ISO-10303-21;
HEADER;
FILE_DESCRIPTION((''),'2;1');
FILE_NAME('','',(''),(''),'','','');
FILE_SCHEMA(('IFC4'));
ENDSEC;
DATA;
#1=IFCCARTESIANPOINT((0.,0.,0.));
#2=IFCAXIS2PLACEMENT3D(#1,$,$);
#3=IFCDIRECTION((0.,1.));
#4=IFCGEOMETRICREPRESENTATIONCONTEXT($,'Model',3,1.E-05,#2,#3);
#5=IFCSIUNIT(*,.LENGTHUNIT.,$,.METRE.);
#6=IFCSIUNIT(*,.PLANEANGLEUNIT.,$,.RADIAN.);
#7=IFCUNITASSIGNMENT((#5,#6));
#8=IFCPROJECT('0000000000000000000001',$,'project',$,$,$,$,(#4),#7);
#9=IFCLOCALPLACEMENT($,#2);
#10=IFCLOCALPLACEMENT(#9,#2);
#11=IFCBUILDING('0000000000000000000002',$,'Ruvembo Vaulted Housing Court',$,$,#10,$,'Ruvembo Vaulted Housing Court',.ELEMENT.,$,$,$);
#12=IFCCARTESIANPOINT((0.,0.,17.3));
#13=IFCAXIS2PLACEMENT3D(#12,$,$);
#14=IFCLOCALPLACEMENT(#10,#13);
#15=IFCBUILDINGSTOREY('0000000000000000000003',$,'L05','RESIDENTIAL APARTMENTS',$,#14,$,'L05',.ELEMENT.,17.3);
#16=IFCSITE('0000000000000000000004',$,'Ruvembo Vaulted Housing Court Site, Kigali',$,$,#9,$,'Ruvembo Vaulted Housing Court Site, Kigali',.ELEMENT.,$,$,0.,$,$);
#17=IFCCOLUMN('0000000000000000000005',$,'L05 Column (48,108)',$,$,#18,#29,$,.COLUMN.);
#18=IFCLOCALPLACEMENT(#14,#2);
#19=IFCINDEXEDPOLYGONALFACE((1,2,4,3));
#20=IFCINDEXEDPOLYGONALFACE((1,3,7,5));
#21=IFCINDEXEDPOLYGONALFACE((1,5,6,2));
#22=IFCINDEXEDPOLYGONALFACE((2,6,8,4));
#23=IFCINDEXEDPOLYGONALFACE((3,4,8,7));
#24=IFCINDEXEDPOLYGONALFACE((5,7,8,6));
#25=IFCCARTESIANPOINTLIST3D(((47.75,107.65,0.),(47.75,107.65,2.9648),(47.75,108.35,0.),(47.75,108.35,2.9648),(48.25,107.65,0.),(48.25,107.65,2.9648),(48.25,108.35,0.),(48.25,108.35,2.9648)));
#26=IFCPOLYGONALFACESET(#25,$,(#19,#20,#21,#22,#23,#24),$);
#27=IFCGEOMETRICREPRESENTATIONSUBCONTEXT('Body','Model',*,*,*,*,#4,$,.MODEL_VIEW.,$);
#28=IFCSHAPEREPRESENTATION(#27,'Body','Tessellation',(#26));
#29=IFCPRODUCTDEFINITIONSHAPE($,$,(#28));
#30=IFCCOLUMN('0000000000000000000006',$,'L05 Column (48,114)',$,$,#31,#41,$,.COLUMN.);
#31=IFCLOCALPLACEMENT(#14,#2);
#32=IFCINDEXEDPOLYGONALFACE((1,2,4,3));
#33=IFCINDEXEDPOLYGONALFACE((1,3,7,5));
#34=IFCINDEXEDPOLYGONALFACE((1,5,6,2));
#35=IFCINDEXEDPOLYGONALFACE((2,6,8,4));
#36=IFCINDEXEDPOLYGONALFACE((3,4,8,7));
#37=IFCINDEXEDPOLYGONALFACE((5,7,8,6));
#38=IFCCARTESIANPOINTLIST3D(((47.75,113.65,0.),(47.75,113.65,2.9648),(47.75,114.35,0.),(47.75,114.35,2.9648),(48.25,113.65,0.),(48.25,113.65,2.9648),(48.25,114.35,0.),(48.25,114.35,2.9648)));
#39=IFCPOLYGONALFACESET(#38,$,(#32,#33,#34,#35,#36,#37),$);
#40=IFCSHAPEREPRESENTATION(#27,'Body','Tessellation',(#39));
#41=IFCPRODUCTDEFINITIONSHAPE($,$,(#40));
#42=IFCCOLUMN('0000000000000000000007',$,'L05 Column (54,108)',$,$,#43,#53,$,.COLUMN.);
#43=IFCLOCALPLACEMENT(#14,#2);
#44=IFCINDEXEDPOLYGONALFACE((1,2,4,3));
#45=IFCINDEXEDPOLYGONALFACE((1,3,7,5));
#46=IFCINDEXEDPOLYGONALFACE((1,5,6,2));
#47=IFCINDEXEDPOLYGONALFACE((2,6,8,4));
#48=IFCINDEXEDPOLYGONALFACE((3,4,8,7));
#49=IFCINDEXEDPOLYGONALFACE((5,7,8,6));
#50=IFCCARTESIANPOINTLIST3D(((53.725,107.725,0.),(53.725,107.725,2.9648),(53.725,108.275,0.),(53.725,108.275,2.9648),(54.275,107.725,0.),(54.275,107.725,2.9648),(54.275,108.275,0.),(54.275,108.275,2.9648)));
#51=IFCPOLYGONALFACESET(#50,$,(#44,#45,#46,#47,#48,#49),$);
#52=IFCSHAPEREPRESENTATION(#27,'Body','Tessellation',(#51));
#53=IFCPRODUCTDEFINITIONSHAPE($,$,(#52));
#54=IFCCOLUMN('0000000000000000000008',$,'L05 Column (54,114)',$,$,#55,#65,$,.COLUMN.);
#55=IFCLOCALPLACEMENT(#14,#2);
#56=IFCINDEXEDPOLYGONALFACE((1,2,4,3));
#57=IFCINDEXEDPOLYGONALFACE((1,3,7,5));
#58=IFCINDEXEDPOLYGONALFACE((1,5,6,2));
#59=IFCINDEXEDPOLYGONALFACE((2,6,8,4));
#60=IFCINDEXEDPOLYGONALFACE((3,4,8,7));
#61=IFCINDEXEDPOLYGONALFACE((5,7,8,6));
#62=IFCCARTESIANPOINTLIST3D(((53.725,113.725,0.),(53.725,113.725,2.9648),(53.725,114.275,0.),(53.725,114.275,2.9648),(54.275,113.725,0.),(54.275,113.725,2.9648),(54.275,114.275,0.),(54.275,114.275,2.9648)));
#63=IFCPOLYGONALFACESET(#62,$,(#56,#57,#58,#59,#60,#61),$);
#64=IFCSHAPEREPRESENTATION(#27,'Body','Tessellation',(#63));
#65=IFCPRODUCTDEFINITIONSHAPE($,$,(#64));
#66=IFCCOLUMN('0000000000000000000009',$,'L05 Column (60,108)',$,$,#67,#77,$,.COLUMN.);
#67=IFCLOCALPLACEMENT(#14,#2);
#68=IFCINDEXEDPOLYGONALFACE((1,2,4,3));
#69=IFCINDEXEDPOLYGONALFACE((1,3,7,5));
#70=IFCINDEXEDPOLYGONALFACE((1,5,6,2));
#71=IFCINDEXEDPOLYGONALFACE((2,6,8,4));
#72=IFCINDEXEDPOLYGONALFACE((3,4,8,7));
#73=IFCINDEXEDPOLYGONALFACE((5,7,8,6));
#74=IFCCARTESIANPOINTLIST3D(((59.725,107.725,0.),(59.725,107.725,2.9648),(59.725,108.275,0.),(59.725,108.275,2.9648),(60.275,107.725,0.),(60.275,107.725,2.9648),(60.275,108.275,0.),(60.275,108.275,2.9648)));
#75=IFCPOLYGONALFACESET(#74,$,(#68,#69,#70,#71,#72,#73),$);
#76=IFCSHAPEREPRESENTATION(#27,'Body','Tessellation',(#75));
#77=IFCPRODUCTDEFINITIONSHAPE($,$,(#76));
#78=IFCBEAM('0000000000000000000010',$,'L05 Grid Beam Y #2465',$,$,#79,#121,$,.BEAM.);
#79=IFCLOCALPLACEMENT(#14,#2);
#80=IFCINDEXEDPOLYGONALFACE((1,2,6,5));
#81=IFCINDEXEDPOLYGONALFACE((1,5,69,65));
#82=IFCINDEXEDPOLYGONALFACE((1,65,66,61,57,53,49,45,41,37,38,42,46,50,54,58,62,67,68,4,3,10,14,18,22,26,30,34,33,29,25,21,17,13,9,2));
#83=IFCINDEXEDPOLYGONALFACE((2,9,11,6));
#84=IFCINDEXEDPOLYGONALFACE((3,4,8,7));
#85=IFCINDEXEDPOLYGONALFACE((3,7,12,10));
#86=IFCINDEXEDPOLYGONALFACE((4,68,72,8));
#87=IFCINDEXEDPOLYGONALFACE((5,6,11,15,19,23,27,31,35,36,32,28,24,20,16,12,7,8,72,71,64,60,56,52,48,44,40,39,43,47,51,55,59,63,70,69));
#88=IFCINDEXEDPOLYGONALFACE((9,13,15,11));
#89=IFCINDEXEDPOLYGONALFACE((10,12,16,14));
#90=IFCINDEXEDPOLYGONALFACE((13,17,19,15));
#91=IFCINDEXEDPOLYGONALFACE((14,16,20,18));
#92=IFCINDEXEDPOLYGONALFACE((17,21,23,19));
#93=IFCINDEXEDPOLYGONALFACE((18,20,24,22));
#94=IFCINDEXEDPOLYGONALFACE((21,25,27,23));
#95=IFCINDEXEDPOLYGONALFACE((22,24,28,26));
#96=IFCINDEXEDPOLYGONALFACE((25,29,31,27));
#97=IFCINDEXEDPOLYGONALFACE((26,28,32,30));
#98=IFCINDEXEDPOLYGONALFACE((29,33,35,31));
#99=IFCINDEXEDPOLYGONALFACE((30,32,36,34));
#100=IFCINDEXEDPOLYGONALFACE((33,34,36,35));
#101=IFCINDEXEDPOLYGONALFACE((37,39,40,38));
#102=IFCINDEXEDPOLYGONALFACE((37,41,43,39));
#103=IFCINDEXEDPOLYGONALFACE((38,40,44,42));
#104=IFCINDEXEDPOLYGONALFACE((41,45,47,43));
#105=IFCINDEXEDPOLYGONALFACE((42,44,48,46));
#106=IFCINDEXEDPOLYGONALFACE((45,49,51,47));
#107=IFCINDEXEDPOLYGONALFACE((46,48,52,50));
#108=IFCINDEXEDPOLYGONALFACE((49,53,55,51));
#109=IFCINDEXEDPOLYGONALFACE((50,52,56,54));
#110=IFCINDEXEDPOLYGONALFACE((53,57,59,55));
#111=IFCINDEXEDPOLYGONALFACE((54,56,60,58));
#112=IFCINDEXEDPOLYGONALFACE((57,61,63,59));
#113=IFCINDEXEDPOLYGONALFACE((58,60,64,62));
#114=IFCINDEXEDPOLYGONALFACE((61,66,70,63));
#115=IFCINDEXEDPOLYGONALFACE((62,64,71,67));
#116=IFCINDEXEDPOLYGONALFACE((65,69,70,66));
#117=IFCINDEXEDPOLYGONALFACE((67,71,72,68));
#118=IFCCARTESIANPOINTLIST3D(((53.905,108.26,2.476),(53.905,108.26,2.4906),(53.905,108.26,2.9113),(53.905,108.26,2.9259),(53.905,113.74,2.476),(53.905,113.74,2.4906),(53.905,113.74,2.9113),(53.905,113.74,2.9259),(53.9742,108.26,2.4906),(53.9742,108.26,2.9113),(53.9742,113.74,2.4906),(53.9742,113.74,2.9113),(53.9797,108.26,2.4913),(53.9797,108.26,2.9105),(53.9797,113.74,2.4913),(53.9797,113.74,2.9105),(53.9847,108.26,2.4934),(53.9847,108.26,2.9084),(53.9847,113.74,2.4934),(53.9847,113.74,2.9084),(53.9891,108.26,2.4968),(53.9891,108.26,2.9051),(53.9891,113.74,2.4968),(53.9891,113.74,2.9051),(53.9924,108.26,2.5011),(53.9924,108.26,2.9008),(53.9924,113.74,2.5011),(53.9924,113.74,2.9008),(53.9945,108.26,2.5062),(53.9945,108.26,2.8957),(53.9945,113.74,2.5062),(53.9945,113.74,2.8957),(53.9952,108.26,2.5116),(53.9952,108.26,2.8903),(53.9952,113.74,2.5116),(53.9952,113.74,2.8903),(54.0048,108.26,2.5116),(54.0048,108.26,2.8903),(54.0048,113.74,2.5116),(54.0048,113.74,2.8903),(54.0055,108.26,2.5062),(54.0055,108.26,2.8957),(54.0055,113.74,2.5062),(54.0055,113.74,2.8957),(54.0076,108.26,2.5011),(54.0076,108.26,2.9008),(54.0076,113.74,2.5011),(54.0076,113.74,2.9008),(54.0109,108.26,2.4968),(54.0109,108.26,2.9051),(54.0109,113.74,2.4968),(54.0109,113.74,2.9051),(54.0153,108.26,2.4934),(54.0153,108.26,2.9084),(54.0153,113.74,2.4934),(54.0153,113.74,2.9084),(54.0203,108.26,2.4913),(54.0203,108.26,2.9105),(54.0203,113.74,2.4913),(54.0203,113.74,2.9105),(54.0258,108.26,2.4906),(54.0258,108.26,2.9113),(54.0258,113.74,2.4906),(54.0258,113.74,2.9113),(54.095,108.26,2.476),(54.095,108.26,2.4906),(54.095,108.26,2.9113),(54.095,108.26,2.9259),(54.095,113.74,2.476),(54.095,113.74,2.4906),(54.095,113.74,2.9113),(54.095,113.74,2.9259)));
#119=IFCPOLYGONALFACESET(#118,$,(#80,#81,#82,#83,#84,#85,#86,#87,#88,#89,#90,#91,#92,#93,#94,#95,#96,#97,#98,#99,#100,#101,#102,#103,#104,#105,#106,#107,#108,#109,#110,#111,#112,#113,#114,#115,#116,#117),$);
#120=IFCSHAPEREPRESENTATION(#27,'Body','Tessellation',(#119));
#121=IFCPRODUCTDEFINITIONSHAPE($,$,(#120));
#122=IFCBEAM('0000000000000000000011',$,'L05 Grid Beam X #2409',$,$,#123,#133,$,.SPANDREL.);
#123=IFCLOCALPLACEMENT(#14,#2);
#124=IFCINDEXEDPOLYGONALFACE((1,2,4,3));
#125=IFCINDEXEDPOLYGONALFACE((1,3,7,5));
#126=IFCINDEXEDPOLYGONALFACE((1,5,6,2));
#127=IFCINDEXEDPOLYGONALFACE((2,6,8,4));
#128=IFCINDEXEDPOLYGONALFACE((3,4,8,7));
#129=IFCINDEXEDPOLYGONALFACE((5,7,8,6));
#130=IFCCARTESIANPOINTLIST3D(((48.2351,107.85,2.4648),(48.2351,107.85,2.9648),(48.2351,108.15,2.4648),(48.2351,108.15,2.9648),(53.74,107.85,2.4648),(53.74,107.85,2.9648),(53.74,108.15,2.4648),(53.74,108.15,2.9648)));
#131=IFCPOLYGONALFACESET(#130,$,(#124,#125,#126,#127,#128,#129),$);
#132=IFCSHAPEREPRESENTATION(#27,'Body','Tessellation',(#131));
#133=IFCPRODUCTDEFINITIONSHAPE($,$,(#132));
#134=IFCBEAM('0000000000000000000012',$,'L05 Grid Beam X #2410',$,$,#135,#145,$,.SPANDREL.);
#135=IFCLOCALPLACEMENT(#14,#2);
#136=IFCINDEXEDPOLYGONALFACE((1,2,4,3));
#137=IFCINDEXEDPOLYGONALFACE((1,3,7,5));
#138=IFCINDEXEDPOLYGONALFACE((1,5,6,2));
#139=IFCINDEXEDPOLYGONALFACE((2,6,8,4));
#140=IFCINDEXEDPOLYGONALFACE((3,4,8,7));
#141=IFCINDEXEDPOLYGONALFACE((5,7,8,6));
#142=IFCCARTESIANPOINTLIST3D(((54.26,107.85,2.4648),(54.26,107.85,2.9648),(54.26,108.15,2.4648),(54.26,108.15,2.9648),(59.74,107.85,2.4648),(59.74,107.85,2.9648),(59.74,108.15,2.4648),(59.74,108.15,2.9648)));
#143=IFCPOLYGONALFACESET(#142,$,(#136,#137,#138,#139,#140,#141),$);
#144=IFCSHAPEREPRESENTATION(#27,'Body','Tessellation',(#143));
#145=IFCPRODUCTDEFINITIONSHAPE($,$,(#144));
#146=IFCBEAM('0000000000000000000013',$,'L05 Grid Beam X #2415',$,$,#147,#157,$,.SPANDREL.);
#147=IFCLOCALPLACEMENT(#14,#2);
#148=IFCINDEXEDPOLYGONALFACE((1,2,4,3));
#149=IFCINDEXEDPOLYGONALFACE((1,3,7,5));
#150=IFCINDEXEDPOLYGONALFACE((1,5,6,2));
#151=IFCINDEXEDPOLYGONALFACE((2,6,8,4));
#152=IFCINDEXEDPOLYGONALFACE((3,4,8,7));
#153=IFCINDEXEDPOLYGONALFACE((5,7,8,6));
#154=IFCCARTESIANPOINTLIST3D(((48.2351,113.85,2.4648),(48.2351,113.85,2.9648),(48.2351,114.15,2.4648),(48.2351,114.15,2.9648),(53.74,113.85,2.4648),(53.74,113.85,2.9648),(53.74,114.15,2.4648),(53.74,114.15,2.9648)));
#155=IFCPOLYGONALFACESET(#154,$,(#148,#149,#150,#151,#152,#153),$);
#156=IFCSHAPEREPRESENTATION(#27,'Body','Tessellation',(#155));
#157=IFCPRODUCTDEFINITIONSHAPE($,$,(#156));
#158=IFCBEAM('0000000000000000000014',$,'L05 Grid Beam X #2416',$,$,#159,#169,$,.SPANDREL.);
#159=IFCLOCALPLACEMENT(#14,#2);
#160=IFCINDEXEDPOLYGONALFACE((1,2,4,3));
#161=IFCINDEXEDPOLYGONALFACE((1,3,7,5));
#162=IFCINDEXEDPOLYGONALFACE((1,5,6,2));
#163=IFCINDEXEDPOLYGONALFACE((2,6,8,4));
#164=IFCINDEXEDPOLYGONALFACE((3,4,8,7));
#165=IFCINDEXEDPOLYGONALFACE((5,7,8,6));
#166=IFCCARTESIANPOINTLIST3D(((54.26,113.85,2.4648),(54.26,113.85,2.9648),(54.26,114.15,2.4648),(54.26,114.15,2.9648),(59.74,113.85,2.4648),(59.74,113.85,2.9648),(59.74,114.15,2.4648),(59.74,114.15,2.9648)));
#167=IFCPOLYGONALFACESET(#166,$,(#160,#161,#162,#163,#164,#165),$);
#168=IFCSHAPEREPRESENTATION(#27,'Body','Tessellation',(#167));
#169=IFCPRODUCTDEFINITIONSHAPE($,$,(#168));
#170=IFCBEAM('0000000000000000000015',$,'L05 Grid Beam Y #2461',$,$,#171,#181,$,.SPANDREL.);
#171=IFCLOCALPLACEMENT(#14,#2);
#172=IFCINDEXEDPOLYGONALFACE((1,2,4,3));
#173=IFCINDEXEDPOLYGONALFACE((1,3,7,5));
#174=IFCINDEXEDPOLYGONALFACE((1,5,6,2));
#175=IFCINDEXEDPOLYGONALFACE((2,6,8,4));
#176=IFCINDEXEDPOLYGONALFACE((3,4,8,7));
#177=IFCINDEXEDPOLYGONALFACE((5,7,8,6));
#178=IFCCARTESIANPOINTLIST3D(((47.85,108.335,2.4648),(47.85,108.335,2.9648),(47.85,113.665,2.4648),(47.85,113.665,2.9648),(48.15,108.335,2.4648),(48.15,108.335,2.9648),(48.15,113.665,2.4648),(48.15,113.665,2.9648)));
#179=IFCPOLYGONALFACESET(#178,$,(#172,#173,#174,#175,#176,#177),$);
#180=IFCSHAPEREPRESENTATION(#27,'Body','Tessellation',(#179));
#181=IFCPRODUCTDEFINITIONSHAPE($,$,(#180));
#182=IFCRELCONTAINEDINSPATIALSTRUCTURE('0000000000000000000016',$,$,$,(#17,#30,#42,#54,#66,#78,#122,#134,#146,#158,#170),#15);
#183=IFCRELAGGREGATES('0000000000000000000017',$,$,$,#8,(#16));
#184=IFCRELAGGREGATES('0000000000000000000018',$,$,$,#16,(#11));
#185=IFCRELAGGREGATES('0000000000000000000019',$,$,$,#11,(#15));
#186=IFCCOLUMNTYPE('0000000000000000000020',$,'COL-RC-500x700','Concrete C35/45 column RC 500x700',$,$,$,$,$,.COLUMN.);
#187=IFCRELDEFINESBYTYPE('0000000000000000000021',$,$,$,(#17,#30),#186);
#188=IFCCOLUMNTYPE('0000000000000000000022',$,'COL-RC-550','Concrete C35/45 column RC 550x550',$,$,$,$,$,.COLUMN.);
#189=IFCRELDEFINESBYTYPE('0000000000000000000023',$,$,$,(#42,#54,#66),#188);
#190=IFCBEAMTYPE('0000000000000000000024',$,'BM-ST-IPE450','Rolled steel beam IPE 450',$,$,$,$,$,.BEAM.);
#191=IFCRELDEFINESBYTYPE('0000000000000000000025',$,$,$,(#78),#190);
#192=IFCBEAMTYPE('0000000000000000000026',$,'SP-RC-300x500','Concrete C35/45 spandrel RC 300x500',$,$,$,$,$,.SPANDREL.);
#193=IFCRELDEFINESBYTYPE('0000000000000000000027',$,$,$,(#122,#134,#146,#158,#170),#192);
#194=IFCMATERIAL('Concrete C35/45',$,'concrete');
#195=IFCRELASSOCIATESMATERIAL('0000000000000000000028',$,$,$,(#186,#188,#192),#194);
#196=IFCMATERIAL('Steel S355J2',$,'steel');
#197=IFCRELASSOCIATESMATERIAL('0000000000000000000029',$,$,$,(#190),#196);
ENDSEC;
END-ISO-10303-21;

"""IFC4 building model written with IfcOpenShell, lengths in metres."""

from ifc_helpers import new_model, si_unit, direction, frame, origin, origin_2d, place, context, subcontext, project, spatial, rectangle, i_section, extrude, material, material_profile, profile_set, type_object, element, save


model = new_model("IFC4")

# Units and contexts
model_context = context("Model", 3, precision=1e-05, world=origin(), true_north=direction((0.0, 1.0)))
body_context = subcontext(model_context, "Body", "Model", "MODEL_VIEW")
ifc_project = project(units=[si_unit("LENGTHUNIT", "METRE"), si_unit("PLANEANGLEUNIT", "RADIAN")], contexts=[model_context])

# Site, building, storey
site_placement = place(None, origin())
site = spatial("IfcSite", under=ifc_project, at=site_placement, Name="Ruvembo Vaulted Housing Court Site, Kigali", LongName="Ruvembo Vaulted Housing Court Site, Kigali", CompositionType="ELEMENT", RefElevation=0.0)
building_placement = place(site_placement, origin())
building = spatial("IfcBuilding", under=site, at=building_placement, Name="Ruvembo Vaulted Housing Court", LongName="Ruvembo Vaulted Housing Court", CompositionType="ELEMENT")
storey_placement = place(building_placement, frame((0.0, 0.0, 17.3)))
storey = spatial("IfcBuildingStorey", under=building, at=storey_placement, Name="L05", Description="RESIDENTIAL APARTMENTS", LongName="L05", CompositionType="ELEMENT", Elevation=17.3)

# Columns
ifc_material_1 = material(Name="Concrete C35/45", Category="concrete")
ifc_material_profile_1 = material_profile(ifc_material_1, rectangle(XDim=0.5, YDim=0.7, at=origin_2d()), Name="RC 500x700")
ifc_profile_set_1 = profile_set([ifc_material_profile_1], Name="Concrete C35/45")
column_type_1 = type_object("IfcColumnType", Name="COL-RC-500x700", Description="Concrete C35/45 column RC 500x700", PredefinedType="COLUMN", material=ifc_profile_set_1)
for number, where, z_axis, x_axis, name in (
    (1, (48.0, 108.0, 0.0), (0.0, 0.0, 1.0), (1.0, 0.0, 0.0), "L05 Column (48,108)"),
    (2, (48.0, 114.0, 0.0), (0.0, 0.0, 1.0), (1.0, 0.0, 0.0), "L05 Column (48,114)"),
):
    element("IfcColumn", number, at=place(storey_placement, frame(where, z_axis=z_axis, x_axis=x_axis)), inside=storey, type_object=column_type_1, Name=name, PredefinedType="COLUMN", context=body_context, shape_type="SweptSolid", body=[
        extrude(rectangle(XDim=0.5, YDim=0.7, at=origin_2d()), origin(), (0.0, 0.0, 1.0), 2.9648),
    ])
ifc_material_profile_2 = material_profile(ifc_material_1, rectangle(XDim=0.55, YDim=0.55, at=origin_2d()), Name="RC 550x550")
ifc_profile_set_2 = profile_set([ifc_material_profile_2], Name="Concrete C35/45")
column_type_2 = type_object("IfcColumnType", Name="COL-RC-550", Description="Concrete C35/45 column RC 550x550", PredefinedType="COLUMN", material=ifc_profile_set_2)
for number, where, z_axis, x_axis, name in (
    (3, (54.0, 108.0, 0.0), (0.0, 0.0, 1.0), (1.0, 0.0, 0.0), "L05 Column (54,108)"),
    (4, (54.0, 114.0, 0.0), (0.0, 0.0, 1.0), (1.0, 0.0, 0.0), "L05 Column (54,114)"),
    (5, (60.0, 108.0, 0.0), (0.0, 0.0, 1.0), (1.0, 0.0, 0.0), "L05 Column (60,108)"),
):
    element("IfcColumn", number, at=place(storey_placement, frame(where, z_axis=z_axis, x_axis=x_axis)), inside=storey, type_object=column_type_2, Name=name, PredefinedType="COLUMN", context=body_context, shape_type="SweptSolid", body=[
        extrude(rectangle(XDim=0.55, YDim=0.55, at=origin_2d()), origin(), (0.0, 0.0, 1.0), 2.9648),
    ])

# Beams
ifc_material_2 = material(Name="Steel S355J2", Category="steel")
ifc_material_profile_3 = material_profile(ifc_material_2, i_section(OverallWidth=0.1899, OverallDepth=0.45, WebThickness=0.0095, FlangeThickness=0.0146, FilletRadius=0.021, at=origin_2d()), Name="IPE 450")
ifc_profile_set_3 = profile_set([ifc_material_profile_3], Name="Steel S355J2")
beam_type_1 = type_object("IfcBeamType", Name="BM-ST-IPE450", Description="Rolled steel beam IPE 450", PredefinedType="BEAM", material=ifc_profile_set_3)
beam_1_placement = place(storey_placement, frame((54.0, 108.26, 2.7009), z_axis=(0.0, 1.0, 0.0), x_axis=(-1.0, 0.0, 0.0)))
element("IfcBeam", 6, at=beam_1_placement, inside=storey, type_object=beam_type_1, Name="L05 Grid Beam Y #2465", PredefinedType="BEAM", context=body_context, shape_type="SweptSolid", body=[
    extrude(i_section(OverallWidth=0.1899, OverallDepth=0.45, WebThickness=0.0095, FlangeThickness=0.0146, FilletRadius=0.021, at=origin_2d()), origin(), (0.0, 0.0, 1.0), 5.48),
])
ifc_material_profile_4 = material_profile(ifc_material_1, rectangle(XDim=0.3, YDim=0.5, at=origin_2d()), Name="RC 300x500")
ifc_profile_set_4 = profile_set([ifc_material_profile_4], Name="Concrete C35/45")
beam_type_2 = type_object("IfcBeamType", Name="SP-RC-300x500", Description="Concrete C35/45 spandrel RC 300x500", PredefinedType="SPANDREL", material=ifc_profile_set_4)
beam_2_placement = place(storey_placement, frame((48.2351, 108.0, 2.7148), z_axis=(1.0, 0.0, 0.0), x_axis=(0.0, 1.0, 0.0)))
element("IfcBeam", 7, at=beam_2_placement, inside=storey, type_object=beam_type_2, Name="L05 Grid Beam X #2409", PredefinedType="SPANDREL", context=body_context, shape_type="SweptSolid", body=[
    extrude(rectangle(XDim=0.3, YDim=0.5, at=origin_2d()), origin(), (0.0, 0.0, 1.0), 5.5049),
])
beam_3_placement = place(storey_placement, frame((54.26, 108.0, 2.7148), z_axis=(1.0, 0.0, 0.0), x_axis=(0.0, 1.0, 0.0)))
element("IfcBeam", 8, at=beam_3_placement, inside=storey, type_object=beam_type_2, Name="L05 Grid Beam X #2410", PredefinedType="SPANDREL", context=body_context, shape_type="SweptSolid", body=[
    extrude(rectangle(XDim=0.3, YDim=0.5, at=origin_2d()), origin(), (0.0, 0.0, 1.0), 5.48),
])
beam_4_placement = place(storey_placement, frame((48.2351, 114.0, 2.7148), z_axis=(1.0, 0.0, 0.0), x_axis=(0.0, 1.0, 0.0)))
element("IfcBeam", 9, at=beam_4_placement, inside=storey, type_object=beam_type_2, Name="L05 Grid Beam X #2415", PredefinedType="SPANDREL", context=body_context, shape_type="SweptSolid", body=[
    extrude(rectangle(XDim=0.3, YDim=0.5, at=origin_2d()), origin(), (0.0, 0.0, 1.0), 5.5049),
])
beam_5_placement = place(storey_placement, frame((54.26, 114.0, 2.7148), z_axis=(1.0, 0.0, 0.0), x_axis=(0.0, 1.0, 0.0)))
element("IfcBeam", 10, at=beam_5_placement, inside=storey, type_object=beam_type_2, Name="L05 Grid Beam X #2416", PredefinedType="SPANDREL", context=body_context, shape_type="SweptSolid", body=[
    extrude(rectangle(XDim=0.3, YDim=0.5, at=origin_2d()), origin(), (0.0, 0.0, 1.0), 5.48),
])
beam_6_placement = place(storey_placement, frame((48.0, 108.335, 2.7148), z_axis=(0.0, 1.0, 0.0), x_axis=(-1.0, 0.0, 0.0)))
element("IfcBeam", 11, at=beam_6_placement, inside=storey, type_object=beam_type_2, Name="L05 Grid Beam Y #2461", PredefinedType="SPANDREL", context=body_context, shape_type="SweptSolid", body=[
    extrude(rectangle(XDim=0.3, YDim=0.5, at=origin_2d()), origin(), (0.0, 0.0, 1.0), 5.3301),
])

save(model, "model.ifc")
